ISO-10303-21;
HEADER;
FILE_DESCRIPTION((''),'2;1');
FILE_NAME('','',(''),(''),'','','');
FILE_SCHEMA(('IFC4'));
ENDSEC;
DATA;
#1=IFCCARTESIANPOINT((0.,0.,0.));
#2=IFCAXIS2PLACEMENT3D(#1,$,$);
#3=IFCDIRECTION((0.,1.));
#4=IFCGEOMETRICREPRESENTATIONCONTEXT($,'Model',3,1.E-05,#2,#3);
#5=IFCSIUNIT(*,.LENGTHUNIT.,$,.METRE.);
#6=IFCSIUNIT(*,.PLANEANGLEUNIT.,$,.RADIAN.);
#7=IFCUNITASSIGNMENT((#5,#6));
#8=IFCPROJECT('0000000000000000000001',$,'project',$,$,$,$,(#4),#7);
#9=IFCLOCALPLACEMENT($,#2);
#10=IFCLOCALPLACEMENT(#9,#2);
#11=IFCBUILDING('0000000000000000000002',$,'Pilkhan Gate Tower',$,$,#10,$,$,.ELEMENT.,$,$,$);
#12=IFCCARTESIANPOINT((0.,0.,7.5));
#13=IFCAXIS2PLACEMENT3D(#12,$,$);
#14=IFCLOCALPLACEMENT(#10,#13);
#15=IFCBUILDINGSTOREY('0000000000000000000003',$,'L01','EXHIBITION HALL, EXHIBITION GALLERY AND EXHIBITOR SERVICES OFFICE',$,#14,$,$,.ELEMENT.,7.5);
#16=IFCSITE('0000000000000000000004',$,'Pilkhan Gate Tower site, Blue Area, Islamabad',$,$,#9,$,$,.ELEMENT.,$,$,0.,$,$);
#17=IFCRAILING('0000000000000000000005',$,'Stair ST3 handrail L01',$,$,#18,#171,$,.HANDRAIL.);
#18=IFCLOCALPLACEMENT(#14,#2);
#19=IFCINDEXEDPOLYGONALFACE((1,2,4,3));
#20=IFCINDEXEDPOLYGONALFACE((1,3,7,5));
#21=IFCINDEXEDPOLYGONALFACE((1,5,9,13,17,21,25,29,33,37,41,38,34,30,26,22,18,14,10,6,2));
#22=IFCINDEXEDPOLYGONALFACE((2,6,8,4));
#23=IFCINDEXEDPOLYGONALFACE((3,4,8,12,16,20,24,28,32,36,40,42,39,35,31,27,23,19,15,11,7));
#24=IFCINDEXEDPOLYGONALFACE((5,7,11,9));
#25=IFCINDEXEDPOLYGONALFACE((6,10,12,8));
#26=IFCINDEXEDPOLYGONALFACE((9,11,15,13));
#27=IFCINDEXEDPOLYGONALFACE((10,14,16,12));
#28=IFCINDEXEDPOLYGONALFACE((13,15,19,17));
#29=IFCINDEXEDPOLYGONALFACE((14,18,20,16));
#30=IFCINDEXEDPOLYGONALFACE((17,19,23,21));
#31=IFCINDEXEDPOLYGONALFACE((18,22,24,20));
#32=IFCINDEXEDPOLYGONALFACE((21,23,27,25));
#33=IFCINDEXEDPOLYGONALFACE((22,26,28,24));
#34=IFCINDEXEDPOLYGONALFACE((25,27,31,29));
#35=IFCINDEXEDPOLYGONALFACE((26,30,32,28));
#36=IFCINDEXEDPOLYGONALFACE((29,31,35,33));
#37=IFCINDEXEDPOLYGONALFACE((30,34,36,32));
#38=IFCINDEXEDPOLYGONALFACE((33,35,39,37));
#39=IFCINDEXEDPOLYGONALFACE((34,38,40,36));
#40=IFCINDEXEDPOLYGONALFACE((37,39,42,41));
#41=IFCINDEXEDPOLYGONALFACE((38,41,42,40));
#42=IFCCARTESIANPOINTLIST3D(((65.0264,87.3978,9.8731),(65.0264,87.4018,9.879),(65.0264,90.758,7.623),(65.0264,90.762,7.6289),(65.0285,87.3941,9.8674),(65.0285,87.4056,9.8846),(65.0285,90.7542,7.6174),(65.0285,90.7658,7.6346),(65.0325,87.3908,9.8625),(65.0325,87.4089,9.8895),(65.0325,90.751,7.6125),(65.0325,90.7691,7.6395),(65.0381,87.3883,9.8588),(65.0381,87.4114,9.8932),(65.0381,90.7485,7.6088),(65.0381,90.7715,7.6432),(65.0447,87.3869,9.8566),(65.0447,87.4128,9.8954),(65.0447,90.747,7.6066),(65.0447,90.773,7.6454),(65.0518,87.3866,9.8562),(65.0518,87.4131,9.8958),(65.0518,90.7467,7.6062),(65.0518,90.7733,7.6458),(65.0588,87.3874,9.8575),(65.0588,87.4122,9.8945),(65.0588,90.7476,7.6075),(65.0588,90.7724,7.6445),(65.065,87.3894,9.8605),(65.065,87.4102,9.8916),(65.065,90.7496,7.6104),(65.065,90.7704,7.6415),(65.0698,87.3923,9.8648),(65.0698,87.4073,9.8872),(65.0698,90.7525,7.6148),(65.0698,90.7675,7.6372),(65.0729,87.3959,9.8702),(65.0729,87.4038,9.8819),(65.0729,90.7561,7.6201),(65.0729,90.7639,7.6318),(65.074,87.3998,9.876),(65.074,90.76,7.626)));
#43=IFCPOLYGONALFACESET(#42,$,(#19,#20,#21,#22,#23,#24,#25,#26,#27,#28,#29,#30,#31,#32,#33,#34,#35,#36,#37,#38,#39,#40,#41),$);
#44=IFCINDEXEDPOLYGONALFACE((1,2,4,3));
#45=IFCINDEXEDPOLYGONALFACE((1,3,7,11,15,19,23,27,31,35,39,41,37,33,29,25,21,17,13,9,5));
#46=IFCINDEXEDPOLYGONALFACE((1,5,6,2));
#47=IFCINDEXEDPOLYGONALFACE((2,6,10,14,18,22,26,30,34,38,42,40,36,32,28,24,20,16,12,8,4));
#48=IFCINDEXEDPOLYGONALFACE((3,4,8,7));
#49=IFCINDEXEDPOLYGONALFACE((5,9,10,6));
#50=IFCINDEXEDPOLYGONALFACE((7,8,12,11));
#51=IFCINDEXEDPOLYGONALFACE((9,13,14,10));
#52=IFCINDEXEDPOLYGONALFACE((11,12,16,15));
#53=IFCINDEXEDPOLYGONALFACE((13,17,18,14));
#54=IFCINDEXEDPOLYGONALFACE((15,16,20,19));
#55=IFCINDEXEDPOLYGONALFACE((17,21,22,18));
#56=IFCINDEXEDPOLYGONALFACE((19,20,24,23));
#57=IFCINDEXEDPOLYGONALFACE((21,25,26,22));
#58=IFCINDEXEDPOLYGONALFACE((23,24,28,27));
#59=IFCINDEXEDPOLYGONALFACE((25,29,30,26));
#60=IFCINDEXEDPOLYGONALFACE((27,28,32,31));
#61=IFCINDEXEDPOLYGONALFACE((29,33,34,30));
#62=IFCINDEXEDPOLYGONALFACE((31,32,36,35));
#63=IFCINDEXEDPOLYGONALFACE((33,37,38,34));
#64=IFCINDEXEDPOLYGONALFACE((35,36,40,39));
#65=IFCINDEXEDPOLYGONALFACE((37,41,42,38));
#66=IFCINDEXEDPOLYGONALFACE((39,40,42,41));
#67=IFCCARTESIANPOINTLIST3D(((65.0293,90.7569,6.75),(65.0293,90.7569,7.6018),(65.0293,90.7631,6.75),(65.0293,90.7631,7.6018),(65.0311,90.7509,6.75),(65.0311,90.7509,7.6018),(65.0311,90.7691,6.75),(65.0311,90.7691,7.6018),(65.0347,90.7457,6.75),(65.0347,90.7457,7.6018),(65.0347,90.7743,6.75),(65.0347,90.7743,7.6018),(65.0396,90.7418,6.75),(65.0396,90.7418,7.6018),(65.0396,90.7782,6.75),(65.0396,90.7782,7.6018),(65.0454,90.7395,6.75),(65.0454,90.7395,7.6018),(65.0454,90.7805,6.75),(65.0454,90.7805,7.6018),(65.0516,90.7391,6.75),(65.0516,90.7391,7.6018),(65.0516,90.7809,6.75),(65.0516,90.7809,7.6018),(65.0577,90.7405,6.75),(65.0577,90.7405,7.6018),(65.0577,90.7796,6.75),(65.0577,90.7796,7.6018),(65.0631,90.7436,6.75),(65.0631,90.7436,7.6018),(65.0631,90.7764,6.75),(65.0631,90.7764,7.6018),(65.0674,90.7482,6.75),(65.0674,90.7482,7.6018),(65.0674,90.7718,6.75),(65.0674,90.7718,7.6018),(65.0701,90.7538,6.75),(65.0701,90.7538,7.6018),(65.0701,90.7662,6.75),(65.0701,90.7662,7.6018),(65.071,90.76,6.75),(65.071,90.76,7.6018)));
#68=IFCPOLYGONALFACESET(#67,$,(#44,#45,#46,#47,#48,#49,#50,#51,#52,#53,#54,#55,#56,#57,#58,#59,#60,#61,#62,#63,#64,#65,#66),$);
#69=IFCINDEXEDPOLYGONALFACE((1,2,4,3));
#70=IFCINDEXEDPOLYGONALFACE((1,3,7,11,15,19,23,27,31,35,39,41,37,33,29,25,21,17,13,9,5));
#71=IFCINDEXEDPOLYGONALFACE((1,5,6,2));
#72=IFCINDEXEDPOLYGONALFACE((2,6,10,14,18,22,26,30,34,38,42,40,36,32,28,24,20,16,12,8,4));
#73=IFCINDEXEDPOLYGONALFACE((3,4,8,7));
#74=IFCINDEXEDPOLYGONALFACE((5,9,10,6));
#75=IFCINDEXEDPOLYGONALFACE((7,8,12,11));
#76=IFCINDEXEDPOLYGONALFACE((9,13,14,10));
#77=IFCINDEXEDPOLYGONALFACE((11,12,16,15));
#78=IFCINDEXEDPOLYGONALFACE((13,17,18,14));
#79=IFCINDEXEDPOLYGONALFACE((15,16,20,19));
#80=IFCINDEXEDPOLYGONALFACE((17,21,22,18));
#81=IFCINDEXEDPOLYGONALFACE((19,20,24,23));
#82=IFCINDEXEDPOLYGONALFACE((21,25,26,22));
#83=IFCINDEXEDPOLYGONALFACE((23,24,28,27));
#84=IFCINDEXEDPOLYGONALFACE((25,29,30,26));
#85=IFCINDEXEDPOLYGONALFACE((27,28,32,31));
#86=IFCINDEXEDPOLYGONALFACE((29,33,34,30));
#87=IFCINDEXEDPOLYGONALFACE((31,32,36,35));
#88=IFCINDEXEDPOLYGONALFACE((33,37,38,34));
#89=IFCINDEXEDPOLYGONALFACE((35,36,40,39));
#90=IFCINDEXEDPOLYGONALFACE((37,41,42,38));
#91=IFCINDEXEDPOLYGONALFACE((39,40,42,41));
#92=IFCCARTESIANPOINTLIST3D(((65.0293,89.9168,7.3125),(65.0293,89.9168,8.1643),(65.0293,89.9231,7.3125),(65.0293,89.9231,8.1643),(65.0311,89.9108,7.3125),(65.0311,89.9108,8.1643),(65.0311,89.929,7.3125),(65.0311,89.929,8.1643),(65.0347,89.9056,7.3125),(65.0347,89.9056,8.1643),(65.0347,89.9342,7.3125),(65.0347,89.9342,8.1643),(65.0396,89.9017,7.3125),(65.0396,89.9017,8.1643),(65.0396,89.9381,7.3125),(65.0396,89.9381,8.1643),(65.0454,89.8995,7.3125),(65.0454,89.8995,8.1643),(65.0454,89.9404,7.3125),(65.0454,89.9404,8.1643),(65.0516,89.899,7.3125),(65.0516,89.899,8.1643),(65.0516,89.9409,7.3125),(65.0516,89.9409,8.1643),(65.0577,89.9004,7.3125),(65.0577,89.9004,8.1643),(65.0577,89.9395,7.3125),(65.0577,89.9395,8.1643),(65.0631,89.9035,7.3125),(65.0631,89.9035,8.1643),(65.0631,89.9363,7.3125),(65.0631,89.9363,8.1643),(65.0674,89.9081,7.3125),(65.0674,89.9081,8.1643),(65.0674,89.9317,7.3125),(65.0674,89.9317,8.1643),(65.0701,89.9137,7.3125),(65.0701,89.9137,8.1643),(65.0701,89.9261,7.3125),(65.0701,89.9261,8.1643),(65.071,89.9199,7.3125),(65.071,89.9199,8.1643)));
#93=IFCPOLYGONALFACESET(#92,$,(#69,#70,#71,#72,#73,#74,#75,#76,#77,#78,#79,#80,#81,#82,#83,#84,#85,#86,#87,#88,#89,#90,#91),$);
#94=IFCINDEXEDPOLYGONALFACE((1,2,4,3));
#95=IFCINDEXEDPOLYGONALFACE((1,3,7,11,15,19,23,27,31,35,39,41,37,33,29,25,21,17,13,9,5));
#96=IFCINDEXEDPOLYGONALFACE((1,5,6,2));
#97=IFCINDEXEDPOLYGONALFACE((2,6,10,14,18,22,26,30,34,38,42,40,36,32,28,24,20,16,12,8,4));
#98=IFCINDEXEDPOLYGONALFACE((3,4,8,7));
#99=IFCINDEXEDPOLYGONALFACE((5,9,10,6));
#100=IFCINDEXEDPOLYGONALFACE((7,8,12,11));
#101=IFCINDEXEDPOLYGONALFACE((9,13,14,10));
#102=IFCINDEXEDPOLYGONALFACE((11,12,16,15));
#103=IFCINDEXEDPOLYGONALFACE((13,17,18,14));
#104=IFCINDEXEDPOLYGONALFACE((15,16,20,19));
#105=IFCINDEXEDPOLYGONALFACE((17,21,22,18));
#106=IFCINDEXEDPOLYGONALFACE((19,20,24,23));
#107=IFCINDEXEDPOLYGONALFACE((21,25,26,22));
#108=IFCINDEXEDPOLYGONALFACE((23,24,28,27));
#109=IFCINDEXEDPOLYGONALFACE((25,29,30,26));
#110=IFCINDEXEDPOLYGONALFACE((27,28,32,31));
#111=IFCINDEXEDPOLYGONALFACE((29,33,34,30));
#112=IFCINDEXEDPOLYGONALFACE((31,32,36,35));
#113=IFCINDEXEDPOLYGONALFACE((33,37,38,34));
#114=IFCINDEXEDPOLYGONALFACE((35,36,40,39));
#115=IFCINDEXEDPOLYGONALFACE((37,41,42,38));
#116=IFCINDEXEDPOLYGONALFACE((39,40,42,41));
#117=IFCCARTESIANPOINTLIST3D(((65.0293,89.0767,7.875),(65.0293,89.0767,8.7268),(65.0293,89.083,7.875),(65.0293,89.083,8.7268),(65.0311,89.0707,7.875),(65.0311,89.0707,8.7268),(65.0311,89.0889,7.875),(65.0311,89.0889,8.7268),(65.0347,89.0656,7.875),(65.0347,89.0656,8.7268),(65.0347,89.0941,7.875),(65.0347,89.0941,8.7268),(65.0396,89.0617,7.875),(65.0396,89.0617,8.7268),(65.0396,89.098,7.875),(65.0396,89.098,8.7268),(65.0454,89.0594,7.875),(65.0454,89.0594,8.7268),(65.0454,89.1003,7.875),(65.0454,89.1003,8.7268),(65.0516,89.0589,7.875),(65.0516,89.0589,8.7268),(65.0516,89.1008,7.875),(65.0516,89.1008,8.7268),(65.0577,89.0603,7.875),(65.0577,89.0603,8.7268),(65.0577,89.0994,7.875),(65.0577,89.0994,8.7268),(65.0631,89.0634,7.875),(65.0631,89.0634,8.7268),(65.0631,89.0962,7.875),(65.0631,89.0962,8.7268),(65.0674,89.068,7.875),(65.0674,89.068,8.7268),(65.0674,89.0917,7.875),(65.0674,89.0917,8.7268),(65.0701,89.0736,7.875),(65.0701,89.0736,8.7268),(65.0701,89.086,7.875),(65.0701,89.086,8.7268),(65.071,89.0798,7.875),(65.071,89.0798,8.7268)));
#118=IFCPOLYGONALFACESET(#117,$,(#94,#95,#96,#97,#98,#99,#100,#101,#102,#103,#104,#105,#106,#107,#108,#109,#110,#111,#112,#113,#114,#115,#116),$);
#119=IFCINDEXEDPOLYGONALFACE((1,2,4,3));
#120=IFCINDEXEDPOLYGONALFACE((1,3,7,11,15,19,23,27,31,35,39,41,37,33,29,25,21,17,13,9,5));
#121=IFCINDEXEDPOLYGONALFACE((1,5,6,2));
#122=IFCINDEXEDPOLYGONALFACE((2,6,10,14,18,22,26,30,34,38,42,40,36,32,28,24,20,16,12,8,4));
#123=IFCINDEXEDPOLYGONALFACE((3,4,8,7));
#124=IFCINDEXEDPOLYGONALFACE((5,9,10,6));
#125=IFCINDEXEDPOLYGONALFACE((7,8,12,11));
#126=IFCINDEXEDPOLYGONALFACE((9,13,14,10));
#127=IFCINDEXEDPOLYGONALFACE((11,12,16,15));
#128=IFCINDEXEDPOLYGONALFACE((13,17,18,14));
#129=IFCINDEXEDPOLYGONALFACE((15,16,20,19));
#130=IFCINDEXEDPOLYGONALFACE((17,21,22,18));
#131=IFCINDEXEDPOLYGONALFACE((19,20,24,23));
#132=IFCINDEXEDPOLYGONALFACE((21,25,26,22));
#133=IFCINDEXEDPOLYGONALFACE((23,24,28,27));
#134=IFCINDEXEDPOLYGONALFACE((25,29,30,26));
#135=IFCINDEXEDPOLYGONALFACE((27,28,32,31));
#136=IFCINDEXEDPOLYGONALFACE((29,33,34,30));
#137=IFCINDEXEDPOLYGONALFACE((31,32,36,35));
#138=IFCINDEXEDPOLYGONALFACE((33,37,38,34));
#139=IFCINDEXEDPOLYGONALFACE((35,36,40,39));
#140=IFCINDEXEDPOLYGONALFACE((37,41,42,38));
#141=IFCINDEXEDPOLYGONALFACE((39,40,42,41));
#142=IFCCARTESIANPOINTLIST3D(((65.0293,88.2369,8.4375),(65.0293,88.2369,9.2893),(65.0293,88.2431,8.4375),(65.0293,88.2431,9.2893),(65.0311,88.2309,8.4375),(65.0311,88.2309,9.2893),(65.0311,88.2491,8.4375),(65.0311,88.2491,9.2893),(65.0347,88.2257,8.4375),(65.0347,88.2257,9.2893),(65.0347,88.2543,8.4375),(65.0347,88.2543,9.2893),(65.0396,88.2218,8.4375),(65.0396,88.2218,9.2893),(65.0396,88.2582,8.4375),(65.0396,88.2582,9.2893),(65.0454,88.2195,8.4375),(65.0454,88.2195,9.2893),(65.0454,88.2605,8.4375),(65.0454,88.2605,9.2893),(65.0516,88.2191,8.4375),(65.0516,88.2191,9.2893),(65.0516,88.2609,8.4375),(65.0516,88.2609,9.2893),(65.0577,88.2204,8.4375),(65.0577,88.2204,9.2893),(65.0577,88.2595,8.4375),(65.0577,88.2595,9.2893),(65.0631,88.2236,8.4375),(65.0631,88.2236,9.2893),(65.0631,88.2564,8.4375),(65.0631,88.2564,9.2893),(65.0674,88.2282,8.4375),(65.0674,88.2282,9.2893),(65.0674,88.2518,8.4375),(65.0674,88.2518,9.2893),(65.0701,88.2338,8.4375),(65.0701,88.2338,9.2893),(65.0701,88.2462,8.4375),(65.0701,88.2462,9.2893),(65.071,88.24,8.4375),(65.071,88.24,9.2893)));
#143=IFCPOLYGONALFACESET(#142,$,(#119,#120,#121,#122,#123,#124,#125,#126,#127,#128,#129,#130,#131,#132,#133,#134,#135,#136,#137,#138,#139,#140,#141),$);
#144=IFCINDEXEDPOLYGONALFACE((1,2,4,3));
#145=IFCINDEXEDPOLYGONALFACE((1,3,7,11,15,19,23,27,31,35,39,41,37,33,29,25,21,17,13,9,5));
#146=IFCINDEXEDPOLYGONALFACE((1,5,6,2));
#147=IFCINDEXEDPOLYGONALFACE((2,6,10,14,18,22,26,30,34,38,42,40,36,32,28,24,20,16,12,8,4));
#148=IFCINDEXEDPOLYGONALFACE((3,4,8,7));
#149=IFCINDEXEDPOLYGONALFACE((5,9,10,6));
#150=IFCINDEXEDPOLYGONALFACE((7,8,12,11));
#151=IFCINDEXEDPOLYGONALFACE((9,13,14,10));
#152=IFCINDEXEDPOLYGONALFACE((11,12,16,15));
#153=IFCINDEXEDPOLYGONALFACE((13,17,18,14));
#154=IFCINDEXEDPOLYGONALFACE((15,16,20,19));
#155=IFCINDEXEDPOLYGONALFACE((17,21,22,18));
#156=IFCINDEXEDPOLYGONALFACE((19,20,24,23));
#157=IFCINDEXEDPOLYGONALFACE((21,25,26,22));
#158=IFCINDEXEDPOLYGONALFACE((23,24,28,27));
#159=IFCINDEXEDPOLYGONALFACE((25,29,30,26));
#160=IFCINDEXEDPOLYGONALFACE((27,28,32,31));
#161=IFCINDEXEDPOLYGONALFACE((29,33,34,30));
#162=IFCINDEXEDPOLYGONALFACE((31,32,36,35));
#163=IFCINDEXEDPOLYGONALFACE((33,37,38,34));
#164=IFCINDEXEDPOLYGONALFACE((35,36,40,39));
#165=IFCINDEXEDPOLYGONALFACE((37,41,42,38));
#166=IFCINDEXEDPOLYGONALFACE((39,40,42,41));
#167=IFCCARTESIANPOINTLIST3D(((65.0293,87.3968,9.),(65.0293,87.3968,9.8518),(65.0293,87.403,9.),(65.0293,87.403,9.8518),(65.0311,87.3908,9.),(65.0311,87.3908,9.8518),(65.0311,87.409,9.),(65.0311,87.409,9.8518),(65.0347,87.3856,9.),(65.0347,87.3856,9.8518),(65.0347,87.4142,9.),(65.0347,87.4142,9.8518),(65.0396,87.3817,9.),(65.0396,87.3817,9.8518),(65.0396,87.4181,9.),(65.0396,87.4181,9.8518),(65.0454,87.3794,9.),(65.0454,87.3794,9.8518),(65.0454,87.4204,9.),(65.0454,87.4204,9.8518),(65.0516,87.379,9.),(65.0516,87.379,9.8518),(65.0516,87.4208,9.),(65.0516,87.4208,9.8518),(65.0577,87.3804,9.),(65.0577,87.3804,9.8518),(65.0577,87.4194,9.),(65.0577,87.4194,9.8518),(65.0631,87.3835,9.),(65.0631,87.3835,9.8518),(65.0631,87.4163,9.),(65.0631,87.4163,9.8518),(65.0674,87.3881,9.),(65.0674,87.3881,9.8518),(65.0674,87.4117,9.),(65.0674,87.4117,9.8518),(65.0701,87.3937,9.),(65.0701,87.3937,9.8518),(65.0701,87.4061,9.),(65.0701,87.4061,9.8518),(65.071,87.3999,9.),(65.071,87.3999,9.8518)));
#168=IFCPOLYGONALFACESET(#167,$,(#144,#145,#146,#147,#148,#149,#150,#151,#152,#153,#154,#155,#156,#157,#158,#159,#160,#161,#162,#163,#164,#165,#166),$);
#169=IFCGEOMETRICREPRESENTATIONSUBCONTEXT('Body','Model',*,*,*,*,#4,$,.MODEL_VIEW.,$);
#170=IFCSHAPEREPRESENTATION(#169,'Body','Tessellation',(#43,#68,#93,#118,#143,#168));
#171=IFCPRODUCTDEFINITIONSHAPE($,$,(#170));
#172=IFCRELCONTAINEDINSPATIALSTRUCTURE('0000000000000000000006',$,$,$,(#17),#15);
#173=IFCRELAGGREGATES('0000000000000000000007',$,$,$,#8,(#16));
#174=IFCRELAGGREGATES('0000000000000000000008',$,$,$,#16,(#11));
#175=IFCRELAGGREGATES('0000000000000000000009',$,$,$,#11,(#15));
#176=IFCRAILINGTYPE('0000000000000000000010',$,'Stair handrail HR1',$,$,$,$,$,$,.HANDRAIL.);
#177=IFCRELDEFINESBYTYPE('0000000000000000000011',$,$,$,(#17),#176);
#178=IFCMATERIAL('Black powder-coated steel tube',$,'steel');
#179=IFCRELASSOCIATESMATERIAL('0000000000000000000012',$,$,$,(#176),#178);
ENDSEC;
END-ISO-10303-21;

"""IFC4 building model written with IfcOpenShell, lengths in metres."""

from ifc_helpers import new_model, si_unit, direction, frame, origin, origin_2d, place, context, subcontext, project, spatial, circle, extrude, material, type_object, element, save


model = new_model("IFC4")

# Units and contexts
model_context = context("Model", 3, precision=1e-05, world=origin(), true_north=direction((0.0, 1.0)))
body_context = subcontext(model_context, "Body", "Model", "MODEL_VIEW")
ifc_project = project(units=[si_unit("LENGTHUNIT", "METRE"), si_unit("PLANEANGLEUNIT", "RADIAN")], contexts=[model_context])

# Site, building, storey
site_placement = place(None, origin())
site = spatial("IfcSite", under=ifc_project, at=site_placement, Name="Pilkhan Gate Tower site, Blue Area, Islamabad", CompositionType="ELEMENT", RefElevation=0.0)
building_placement = place(site_placement, origin())
building = spatial("IfcBuilding", under=site, at=building_placement, Name="Pilkhan Gate Tower", CompositionType="ELEMENT")
storey_placement = place(building_placement, frame((0.0, 0.0, 7.5)))
storey = spatial("IfcBuildingStorey", under=building, at=storey_placement, Name="L01", Description="EXHIBITION HALL, EXHIBITION GALLERY AND EXHIBITOR SERVICES OFFICE", CompositionType="ELEMENT", Elevation=7.5)

# Railing
ifc_material_1 = material(Name="Black powder-coated steel tube", Category="steel")
railing_type_1 = type_object("IfcRailingType", Name="Stair handrail HR1", PredefinedType="HANDRAIL", material=ifc_material_1)
for number, where, name in (
    (1, (65.05, 90.76, 6.75), "Stair ST3 handrail L01"),
):
    element("IfcRailing", number, at=place(storey_placement, frame(where)), inside=storey, type_object=railing_type_1, Name=name, PredefinedType="HANDRAIL", context=body_context, shape_type="SweptSolid", body=[
        extrude(circle(Radius=0.0239, at=origin_2d()), frame((0.0, 0.0, 0.876), z_axis=(0.0, -0.830915, 0.556399), x_axis=(1.0, 0.0, 0.0)), (0.0, 0.0, 1.0), 4.0439),
        extrude(circle(Radius=0.021, at=origin_2d()), origin(), (0.0, 0.0, 1.0), 0.8518),
        extrude(circle(Radius=0.021, at=origin_2d()), frame((0.0, -0.8401, 0.5625)), (0.0, 0.0, 1.0), 0.8518),
        extrude(circle(Radius=0.021, at=origin_2d()), frame((0.0, -1.6802, 1.125)), (0.0, 0.0, 1.0), 0.8518),
        extrude(circle(Radius=0.021, at=origin_2d()), frame((0.0, -2.52, 1.6875)), (0.0, 0.0, 1.0), 0.8518),
        extrude(circle(Radius=0.021, at=origin_2d()), frame((0.0, -3.3601, 2.25)), (0.0, 0.0, 1.0), 0.8518),
    ])

save(model, "model.ifc")
